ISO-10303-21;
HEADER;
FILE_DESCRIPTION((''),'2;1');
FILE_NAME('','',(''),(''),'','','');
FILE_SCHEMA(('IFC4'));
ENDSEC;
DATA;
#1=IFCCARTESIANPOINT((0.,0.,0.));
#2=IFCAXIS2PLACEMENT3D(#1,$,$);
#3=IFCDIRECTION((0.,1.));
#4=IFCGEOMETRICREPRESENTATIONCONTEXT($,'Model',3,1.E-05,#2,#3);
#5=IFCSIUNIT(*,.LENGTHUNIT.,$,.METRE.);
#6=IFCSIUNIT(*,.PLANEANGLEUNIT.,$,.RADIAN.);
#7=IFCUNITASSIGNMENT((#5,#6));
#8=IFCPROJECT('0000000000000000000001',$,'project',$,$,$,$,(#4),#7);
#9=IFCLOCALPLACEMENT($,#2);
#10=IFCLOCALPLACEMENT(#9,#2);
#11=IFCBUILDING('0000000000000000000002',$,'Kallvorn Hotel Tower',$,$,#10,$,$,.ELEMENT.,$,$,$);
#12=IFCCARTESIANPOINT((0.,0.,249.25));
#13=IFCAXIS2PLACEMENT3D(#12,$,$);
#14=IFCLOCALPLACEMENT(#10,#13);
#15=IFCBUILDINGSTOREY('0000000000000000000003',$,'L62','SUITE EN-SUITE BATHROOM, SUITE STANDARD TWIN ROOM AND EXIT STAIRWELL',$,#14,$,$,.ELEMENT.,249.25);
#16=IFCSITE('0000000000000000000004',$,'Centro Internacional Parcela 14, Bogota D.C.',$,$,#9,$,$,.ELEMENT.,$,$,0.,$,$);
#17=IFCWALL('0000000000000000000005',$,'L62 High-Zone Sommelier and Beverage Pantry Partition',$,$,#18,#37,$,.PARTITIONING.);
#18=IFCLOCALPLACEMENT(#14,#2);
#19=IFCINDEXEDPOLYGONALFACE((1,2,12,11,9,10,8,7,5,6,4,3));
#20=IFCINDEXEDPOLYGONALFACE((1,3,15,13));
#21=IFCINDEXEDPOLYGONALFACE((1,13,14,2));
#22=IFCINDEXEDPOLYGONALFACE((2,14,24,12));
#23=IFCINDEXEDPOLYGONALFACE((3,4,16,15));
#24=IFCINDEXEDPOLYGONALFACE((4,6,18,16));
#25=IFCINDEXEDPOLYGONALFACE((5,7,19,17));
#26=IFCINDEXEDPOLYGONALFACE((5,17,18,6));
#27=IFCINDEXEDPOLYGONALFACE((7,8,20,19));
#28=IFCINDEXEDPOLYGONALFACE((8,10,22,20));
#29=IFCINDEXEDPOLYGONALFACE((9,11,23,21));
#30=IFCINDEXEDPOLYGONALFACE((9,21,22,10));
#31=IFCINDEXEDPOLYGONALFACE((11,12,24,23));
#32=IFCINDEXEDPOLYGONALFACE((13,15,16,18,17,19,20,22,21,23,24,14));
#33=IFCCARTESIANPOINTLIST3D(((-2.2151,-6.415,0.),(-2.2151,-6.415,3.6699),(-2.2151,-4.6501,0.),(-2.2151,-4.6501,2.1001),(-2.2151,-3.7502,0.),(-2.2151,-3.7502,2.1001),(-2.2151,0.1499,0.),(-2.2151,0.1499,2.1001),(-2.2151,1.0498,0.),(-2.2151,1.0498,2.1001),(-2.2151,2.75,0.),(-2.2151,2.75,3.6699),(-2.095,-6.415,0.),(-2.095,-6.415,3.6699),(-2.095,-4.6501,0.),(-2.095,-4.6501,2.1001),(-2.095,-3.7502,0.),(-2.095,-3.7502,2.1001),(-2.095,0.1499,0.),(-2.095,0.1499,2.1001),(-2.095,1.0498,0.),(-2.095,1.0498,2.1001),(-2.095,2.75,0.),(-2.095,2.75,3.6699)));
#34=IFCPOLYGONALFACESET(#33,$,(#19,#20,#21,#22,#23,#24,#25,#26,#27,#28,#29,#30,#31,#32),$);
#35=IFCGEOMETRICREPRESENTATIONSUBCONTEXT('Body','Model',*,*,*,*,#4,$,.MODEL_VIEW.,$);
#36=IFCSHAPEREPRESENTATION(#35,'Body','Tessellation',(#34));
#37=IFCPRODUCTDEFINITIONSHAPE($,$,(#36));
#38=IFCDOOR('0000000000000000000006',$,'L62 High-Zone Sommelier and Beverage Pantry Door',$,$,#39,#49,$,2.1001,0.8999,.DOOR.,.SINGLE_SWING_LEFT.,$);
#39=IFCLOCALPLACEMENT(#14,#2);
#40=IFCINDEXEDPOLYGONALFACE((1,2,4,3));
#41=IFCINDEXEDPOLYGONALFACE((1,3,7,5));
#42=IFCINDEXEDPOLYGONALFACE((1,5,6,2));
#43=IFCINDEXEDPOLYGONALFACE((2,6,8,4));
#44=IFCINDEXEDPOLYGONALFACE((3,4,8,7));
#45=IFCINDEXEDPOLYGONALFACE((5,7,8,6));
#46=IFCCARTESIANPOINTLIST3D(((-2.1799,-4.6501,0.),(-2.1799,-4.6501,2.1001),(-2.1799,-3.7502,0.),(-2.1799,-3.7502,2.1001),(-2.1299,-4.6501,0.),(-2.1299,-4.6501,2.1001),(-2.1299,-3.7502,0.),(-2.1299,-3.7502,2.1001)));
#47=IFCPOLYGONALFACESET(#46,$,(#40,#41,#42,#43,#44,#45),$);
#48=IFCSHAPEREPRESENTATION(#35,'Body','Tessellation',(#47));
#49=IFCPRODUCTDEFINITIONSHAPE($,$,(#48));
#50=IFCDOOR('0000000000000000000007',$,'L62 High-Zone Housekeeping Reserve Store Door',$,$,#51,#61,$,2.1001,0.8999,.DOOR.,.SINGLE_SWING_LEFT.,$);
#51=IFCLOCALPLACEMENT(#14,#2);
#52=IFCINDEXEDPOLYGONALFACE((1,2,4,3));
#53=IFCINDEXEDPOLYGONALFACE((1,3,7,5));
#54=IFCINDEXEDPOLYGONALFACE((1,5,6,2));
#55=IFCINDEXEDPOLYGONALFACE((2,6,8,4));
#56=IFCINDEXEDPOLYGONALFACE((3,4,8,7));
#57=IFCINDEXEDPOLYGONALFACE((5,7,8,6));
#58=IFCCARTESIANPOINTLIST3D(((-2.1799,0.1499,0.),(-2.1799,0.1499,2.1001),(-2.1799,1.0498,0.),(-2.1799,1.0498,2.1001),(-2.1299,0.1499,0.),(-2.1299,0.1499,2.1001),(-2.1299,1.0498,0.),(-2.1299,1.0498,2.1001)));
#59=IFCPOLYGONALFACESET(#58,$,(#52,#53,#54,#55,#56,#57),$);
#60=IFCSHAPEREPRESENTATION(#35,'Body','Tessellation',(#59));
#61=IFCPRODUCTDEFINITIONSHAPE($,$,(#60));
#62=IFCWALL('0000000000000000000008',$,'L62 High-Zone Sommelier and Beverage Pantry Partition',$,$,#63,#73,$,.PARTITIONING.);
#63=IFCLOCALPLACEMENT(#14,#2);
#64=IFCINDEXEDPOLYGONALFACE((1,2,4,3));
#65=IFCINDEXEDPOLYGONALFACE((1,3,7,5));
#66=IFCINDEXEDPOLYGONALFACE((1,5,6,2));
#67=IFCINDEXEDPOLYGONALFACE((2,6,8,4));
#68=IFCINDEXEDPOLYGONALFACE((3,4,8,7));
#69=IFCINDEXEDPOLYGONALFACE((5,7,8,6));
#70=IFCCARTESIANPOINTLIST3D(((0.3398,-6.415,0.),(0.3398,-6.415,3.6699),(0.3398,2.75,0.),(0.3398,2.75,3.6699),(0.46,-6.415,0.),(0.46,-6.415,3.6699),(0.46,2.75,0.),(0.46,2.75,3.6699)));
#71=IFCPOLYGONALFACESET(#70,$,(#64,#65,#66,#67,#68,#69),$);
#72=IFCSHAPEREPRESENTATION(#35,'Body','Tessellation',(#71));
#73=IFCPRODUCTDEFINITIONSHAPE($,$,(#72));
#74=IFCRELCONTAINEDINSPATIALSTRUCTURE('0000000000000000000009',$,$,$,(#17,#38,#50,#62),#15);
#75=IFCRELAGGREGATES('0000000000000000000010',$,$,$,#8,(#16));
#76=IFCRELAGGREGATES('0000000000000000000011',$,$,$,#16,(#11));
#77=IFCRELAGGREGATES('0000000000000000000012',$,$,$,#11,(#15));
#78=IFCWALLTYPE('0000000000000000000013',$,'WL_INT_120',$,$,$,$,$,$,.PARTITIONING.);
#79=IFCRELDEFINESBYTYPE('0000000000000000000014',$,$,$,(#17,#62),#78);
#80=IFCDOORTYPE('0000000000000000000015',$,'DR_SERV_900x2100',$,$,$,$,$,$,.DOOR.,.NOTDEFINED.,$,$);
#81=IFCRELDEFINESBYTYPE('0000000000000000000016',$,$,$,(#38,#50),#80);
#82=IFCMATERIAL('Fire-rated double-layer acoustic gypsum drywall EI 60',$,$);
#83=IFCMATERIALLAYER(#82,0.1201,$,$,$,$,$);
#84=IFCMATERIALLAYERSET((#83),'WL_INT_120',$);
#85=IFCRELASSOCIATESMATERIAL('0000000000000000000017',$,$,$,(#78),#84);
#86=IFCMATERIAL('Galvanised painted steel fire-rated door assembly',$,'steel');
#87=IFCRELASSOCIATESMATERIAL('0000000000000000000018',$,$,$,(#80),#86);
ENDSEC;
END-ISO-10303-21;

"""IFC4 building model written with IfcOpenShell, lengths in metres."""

from ifc_helpers import new_model, si_unit, direction, frame, frame_2d, origin, place, context, subcontext, project, spatial, rectangle, extrude, material, layer, layer_set, type_object, element, fill, save


model = new_model("IFC4")

# Units and contexts
model_context = context("Model", 3, precision=1e-05, world=origin(), true_north=direction((0.0, 1.0)))
body_context = subcontext(model_context, "Body", "Model", "MODEL_VIEW")
ifc_project = project(units=[si_unit("LENGTHUNIT", "METRE"), si_unit("PLANEANGLEUNIT", "RADIAN")], contexts=[model_context])

# Site, building, storey
site_placement = place(None, origin())
site = spatial("IfcSite", under=ifc_project, at=site_placement, Name="Centro Internacional Parcela 14, Bogota D.C.", CompositionType="ELEMENT", RefElevation=0.0)
building_placement = place(site_placement, origin())
building = spatial("IfcBuilding", under=site, at=building_placement, Name="Kallvorn Hotel Tower", CompositionType="ELEMENT")
storey_placement = place(building_placement, frame((0.0, 0.0, 249.25)))
storey = spatial("IfcBuildingStorey", under=building, at=storey_placement, Name="L62", Description="SUITE EN-SUITE BATHROOM, SUITE STANDARD TWIN ROOM AND EXIT STAIRWELL", CompositionType="ELEMENT", Elevation=249.25)

# Shared definitions
ifc_material_1 = material(Name="Fire-rated double-layer acoustic gypsum drywall EI 60")
ifc_layer_1 = layer(ifc_material_1, 0.1201)
ifc_layer_set_1 = layer_set([ifc_layer_1], Name="WL_INT_120")
wall_type_1 = type_object("IfcWallType", Name="WL_INT_120", PredefinedType="PARTITIONING", material=ifc_layer_set_1)

# Wall, openings, doors
wall_1_placement = place(storey_placement, frame((-2.155, -6.415, 0.0), z_axis=(0.0, 0.0, 1.0), x_axis=(0.0, 1.0, 0.0)))
wall_1 = element("IfcWall", 1, at=wall_1_placement, inside=storey, type_object=wall_type_1, Name="L62 High-Zone Sommelier and Beverage Pantry Partition", PredefinedType="PARTITIONING", context=body_context, shape_type="SweptSolid", body=[
    extrude(rectangle(XDim=9.165, YDim=0.1201, at=frame_2d((4.5825, 0.0))), origin(), (0.0, 0.0, 1.0), 3.6699),
])
opening_1_placement = place(wall_1_placement, frame((1.7649, 0.0, 0.0)))
opening_1 = element("IfcOpeningElement", 2, at=opening_1_placement, cuts=wall_1, PredefinedType="OPENING", context=body_context, shape_type="SweptSolid", body=[
    extrude(rectangle(XDim=0.8999, YDim=2.1001, at=frame_2d((0.45, 1.05))), frame((0.0, 0.075, 0.0), z_axis=(0.0, -1.0, 0.0), x_axis=(1.0, 0.0, 0.0)), (0.0, 0.0, 1.0), 0.1501),
])
opening_2_placement = place(wall_1_placement, frame((6.5649, 0.0, 0.0)))
opening_2 = element("IfcOpeningElement", 3, at=opening_2_placement, cuts=wall_1, PredefinedType="OPENING", context=body_context, shape_type="SweptSolid", body=[
    extrude(rectangle(XDim=0.8999, YDim=2.1001, at=frame_2d((0.45, 1.05))), frame((0.0, 0.075, 0.0), z_axis=(0.0, -1.0, 0.0), x_axis=(1.0, 0.0, 0.0)), (0.0, 0.0, 1.0), 0.1501),
])
ifc_material_2 = material(Name="Galvanised painted steel fire-rated door assembly", Category="steel")
door_type_1 = type_object("IfcDoorType", Name="DR_SERV_900x2100", OperationType="NOTDEFINED", PredefinedType="DOOR", material=ifc_material_2)
door_1_placement = place(opening_1_placement, origin())
door_1 = element("IfcDoor", 4, at=door_1_placement, inside=storey, type_object=door_type_1, Name="L62 High-Zone Sommelier and Beverage Pantry Door", OperationType="SINGLE_SWING_LEFT", OverallHeight=2.1001, OverallWidth=0.8999, PredefinedType="DOOR", context=body_context, shape_type="SweptSolid", body=[
    extrude(rectangle(XDim=0.8999, YDim=2.1001, at=frame_2d((0.45, 1.05))), frame((0.0, 0.0249, 0.0), z_axis=(0.0, -1.0, 0.0), x_axis=(1.0, 0.0, 0.0)), (0.0, 0.0, 1.0), 0.05),
])
fill(opening_1, door_1)
door_2_placement = place(opening_2_placement, origin())
door_2 = element("IfcDoor", 5, at=door_2_placement, inside=storey, type_object=door_type_1, Name="L62 High-Zone Housekeeping Reserve Store Door", OperationType="SINGLE_SWING_LEFT", OverallHeight=2.1001, OverallWidth=0.8999, PredefinedType="DOOR", context=body_context, shape_type="SweptSolid", body=[
    extrude(rectangle(XDim=0.8999, YDim=2.1001, at=frame_2d((0.45, 1.05))), frame((0.0, 0.0249, 0.0), z_axis=(0.0, -1.0, 0.0), x_axis=(1.0, 0.0, 0.0)), (0.0, 0.0, 1.0), 0.05),
])
fill(opening_2, door_2)

# Wall
wall_2_placement = place(storey_placement, frame((0.3999, -6.415, 0.0), z_axis=(0.0, 0.0, 1.0), x_axis=(0.0, 1.0, 0.0)))
element("IfcWall", 6, at=wall_2_placement, inside=storey, type_object=wall_type_1, Name="L62 High-Zone Sommelier and Beverage Pantry Partition", PredefinedType="PARTITIONING", context=body_context, shape_type="SweptSolid", body=[
    extrude(rectangle(XDim=9.165, YDim=0.1201, at=frame_2d((4.5825, 0.0))), origin(), (0.0, 0.0, 1.0), 3.6699),
])

save(model, "model.ifc")
